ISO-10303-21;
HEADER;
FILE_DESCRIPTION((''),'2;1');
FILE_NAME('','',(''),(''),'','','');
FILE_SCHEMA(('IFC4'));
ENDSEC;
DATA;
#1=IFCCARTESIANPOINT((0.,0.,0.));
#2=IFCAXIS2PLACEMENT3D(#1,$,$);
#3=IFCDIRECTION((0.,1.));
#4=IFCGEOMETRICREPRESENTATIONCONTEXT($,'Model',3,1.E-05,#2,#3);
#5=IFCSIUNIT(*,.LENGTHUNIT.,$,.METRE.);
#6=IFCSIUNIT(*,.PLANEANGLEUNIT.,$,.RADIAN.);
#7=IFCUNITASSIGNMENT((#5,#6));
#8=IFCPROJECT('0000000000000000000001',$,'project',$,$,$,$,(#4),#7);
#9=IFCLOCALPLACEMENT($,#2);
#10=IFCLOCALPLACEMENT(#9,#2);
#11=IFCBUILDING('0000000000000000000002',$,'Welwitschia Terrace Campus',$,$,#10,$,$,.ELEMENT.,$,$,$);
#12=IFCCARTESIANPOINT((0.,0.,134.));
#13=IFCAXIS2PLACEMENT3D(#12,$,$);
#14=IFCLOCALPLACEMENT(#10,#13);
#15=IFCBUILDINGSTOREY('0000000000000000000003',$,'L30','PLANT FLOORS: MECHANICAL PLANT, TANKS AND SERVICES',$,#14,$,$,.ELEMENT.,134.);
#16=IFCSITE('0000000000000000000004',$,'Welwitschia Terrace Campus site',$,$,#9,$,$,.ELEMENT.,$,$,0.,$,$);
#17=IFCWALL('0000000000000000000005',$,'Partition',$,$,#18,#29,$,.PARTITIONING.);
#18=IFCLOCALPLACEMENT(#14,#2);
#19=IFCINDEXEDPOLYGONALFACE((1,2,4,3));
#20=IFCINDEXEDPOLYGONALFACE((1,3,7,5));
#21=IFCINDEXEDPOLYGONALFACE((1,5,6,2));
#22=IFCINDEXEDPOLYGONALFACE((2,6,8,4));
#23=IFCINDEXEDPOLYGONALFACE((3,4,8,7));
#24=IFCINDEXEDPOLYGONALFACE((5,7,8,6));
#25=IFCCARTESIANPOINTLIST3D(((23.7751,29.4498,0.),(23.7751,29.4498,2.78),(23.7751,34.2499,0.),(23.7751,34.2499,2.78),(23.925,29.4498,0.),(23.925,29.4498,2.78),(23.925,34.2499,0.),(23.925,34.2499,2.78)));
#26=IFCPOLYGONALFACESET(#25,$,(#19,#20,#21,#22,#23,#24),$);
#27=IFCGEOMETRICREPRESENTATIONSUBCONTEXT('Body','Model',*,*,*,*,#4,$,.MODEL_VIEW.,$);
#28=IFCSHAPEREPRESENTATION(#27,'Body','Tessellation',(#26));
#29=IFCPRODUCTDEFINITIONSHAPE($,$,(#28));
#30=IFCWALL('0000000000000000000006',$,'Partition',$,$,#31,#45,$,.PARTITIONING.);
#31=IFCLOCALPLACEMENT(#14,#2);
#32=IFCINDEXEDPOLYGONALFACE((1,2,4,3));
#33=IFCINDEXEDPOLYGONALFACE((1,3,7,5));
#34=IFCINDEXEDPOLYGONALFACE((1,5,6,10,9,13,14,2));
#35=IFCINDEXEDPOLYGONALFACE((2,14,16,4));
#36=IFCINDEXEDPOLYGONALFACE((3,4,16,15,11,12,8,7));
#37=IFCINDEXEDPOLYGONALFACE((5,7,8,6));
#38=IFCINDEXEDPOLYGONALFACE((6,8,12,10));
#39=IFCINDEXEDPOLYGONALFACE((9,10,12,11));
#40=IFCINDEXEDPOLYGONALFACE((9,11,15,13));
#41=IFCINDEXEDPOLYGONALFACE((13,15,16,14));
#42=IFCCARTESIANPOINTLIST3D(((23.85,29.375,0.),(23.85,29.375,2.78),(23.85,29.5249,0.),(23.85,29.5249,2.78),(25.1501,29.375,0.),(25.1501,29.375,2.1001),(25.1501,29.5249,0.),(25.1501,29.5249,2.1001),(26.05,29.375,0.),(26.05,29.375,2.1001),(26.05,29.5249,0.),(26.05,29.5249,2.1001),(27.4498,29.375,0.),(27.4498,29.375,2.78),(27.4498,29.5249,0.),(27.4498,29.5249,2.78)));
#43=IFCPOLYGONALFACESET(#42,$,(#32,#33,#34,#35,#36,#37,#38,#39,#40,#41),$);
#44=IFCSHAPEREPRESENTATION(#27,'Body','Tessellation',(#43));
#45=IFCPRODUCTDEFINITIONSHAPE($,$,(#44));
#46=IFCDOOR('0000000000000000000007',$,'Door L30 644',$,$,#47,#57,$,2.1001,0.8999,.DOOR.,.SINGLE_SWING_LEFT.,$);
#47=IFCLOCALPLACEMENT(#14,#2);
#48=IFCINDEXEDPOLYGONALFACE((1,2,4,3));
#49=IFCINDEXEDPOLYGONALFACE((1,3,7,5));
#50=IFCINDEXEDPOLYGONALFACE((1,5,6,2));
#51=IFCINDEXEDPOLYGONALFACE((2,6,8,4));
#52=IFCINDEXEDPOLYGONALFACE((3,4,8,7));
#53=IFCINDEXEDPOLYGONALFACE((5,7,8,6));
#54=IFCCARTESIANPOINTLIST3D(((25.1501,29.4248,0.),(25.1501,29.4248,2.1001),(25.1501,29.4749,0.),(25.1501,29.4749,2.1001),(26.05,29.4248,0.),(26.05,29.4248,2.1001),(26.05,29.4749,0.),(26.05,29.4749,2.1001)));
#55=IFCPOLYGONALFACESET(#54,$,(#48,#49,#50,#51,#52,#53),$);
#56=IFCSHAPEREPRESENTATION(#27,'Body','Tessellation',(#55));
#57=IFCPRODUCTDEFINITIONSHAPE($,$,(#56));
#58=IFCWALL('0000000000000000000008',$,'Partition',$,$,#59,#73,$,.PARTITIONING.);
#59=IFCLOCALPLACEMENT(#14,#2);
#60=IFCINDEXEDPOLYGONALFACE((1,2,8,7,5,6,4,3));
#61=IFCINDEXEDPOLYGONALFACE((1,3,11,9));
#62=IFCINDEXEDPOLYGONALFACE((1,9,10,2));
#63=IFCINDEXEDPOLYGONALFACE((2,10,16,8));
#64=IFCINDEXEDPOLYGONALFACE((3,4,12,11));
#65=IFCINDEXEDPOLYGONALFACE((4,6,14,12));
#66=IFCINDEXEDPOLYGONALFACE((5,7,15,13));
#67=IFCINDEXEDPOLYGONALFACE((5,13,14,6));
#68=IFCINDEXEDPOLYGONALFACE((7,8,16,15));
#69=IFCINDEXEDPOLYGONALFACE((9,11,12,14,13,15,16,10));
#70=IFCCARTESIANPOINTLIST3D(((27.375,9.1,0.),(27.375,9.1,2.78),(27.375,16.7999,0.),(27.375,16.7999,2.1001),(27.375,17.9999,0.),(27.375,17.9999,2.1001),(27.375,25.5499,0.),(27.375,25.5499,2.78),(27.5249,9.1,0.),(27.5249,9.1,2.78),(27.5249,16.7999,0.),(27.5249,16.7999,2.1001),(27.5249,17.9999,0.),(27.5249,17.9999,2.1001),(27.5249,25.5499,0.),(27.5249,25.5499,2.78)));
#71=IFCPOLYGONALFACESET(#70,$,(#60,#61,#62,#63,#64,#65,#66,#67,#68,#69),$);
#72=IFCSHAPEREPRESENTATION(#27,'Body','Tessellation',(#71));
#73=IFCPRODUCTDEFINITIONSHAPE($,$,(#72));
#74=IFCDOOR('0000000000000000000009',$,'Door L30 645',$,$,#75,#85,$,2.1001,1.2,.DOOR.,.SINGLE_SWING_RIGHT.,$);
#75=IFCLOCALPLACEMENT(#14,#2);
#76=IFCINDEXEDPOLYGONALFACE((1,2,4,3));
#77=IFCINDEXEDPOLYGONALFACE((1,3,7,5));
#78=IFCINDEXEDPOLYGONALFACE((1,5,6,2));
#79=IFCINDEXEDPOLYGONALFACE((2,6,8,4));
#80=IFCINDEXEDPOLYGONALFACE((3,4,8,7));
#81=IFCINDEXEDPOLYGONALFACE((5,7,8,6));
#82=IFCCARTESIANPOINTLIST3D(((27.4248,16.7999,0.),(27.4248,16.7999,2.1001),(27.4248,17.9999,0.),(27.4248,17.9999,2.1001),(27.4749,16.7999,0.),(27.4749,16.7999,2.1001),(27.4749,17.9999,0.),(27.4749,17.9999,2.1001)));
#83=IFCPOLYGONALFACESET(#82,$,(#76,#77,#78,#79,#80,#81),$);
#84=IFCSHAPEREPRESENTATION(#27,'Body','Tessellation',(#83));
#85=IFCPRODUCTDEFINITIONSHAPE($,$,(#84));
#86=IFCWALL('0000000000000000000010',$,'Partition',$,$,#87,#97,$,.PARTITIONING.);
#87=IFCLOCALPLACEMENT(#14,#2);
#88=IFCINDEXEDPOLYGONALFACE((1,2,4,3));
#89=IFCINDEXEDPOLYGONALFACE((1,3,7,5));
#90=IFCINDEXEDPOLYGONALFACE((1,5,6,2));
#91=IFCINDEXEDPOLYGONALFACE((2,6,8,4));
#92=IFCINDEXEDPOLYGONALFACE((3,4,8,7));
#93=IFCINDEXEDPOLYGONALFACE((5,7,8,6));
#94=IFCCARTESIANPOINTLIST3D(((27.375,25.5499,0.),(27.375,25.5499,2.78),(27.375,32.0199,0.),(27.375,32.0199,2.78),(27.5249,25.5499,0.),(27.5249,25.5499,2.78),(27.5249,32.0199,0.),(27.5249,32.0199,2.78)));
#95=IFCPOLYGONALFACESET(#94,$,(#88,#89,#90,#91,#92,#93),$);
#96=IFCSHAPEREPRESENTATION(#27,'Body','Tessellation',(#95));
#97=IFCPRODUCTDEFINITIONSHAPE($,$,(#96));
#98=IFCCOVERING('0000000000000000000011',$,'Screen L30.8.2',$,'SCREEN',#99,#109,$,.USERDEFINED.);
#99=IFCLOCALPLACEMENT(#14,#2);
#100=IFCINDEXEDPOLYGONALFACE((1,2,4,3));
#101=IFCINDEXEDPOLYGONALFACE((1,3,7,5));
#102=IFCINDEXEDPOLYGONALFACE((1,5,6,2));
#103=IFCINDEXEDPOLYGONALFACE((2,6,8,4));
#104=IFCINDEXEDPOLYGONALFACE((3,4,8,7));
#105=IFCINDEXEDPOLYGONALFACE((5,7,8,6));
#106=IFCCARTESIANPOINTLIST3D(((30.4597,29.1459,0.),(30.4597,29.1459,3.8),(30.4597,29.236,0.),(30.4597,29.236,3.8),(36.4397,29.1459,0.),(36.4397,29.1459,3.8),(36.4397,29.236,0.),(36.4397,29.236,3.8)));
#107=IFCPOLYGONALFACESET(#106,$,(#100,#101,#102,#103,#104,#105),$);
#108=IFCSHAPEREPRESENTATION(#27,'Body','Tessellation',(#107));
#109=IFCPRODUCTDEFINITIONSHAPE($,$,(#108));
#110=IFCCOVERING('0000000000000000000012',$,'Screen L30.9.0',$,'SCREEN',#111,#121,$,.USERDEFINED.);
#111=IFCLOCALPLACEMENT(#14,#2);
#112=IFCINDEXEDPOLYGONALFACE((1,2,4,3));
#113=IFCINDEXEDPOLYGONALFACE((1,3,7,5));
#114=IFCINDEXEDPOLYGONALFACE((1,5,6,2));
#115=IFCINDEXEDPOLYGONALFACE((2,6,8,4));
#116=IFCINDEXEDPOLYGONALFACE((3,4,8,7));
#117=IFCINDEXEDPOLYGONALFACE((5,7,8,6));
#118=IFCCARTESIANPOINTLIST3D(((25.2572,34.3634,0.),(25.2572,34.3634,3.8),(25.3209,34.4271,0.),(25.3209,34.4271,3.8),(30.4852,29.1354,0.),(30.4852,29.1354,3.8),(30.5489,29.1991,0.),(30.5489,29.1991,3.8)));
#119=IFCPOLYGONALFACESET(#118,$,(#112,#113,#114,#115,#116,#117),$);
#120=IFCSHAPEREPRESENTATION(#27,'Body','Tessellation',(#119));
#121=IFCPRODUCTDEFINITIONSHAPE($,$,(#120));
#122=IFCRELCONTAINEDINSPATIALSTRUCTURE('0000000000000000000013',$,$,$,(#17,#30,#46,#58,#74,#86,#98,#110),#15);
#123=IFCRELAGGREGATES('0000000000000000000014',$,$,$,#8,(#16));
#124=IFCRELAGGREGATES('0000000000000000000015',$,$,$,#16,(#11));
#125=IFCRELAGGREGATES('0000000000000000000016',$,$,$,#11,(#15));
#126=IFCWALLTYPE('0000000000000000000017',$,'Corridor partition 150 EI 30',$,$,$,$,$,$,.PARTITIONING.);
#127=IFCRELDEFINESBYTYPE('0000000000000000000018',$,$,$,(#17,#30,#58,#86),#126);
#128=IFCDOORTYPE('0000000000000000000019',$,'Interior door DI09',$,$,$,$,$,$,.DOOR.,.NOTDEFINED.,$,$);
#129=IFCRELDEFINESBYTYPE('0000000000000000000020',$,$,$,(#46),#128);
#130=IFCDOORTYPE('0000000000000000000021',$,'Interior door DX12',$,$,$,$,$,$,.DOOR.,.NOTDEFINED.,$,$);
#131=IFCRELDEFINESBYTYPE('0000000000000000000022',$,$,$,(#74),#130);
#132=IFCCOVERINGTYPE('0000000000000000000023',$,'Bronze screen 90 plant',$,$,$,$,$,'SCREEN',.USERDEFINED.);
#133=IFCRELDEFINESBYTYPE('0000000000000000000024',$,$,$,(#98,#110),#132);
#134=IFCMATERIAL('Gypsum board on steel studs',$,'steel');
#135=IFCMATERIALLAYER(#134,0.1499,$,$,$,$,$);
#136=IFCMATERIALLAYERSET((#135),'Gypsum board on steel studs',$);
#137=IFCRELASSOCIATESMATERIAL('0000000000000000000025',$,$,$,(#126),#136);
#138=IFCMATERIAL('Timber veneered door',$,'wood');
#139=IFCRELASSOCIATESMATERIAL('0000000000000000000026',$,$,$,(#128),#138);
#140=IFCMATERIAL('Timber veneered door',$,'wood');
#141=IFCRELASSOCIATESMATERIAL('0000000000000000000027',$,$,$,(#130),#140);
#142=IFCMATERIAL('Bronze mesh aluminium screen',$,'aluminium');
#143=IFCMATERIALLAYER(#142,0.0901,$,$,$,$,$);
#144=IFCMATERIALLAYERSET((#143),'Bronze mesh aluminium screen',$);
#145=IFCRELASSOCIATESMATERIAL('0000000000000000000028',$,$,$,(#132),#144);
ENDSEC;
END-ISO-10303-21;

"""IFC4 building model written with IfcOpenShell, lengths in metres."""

from ifc_helpers import new_model, si_unit, direction, frame, frame_2d, origin, origin_2d, place, context, subcontext, project, spatial, rectangle, extrude, material, layer, layer_set, type_object, element, fill, save


model = new_model("IFC4")

# Units and contexts
model_context = context("Model", 3, precision=1e-05, world=origin(), true_north=direction((0.0, 1.0)))
body_context = subcontext(model_context, "Body", "Model", "MODEL_VIEW")
ifc_project = project(units=[si_unit("LENGTHUNIT", "METRE"), si_unit("PLANEANGLEUNIT", "RADIAN")], contexts=[model_context])

# Site, building, storey
site_placement = place(None, origin())
site = spatial("IfcSite", under=ifc_project, at=site_placement, Name="Welwitschia Terrace Campus site", CompositionType="ELEMENT", RefElevation=0.0)
building_placement = place(site_placement, origin())
building = spatial("IfcBuilding", under=site, at=building_placement, Name="Welwitschia Terrace Campus", CompositionType="ELEMENT")
storey_placement = place(building_placement, frame((0.0, 0.0, 134.0)))
storey = spatial("IfcBuildingStorey", under=building, at=storey_placement, Name="L30", Description="PLANT FLOORS: MECHANICAL PLANT, TANKS AND SERVICES", CompositionType="ELEMENT", Elevation=134.0)

# Shared definitions
ifc_material_1 = material(Name="Gypsum board on steel studs", Category="steel")
ifc_layer_1 = layer(ifc_material_1, 0.1499)
ifc_layer_set_1 = layer_set([ifc_layer_1], Name="Gypsum board on steel studs")
wall_type_1 = type_object("IfcWallType", Name="Corridor partition 150 EI 30", PredefinedType="PARTITIONING", material=ifc_layer_set_1)

# Shared definitions
ifc_material_2 = material(Name="Timber veneered door", Category="wood")
door_type_1 = type_object("IfcDoorType", Name="Interior door DI09", OperationType="NOTDEFINED", PredefinedType="DOOR", material=ifc_material_2)

# Wall
wall_1_placement = place(storey_placement, frame((23.8501, 29.45, 0.0), z_axis=(0.0, 0.0, 1.0), x_axis=(0.0, 1.0, 0.0)))
element("IfcWall", 1, at=wall_1_placement, inside=storey, type_object=wall_type_1, Name="Partition", PredefinedType="PARTITIONING", context=body_context, shape_type="SweptSolid", body=[
    extrude(rectangle(XDim=4.8, YDim=0.1499, at=frame_2d((2.3999, 0.0))), origin(), (0.0, 0.0, 1.0), 2.78),
])

# Walls, openings, doors
wall_2_placement = place(storey_placement, frame((23.8501, 29.45, 0.0), z_axis=(0.0, 0.0, 1.0), x_axis=(1.0, 0.0, 0.0)))
wall_2 = element("IfcWall", 2, at=wall_2_placement, inside=storey, type_object=wall_type_1, Name="Partition", PredefinedType="PARTITIONING", context=body_context, shape_type="SweptSolid", body=[
    extrude(rectangle(XDim=3.5999, YDim=0.1499, at=frame_2d((1.7998, 0.0))), origin(), (0.0, 0.0, 1.0), 2.78),
])
opening_1_placement = place(wall_2_placement, frame((1.3, 0.0, 0.0)))
opening_1 = element("IfcOpeningElement", 3, at=opening_1_placement, cuts=wall_2, PredefinedType="OPENING", context=body_context, shape_type="SweptSolid", body=[
    extrude(rectangle(XDim=0.8999, YDim=2.1001, at=frame_2d((0.45, 1.05))), frame((0.0, 0.085, 0.0), z_axis=(0.0, -1.0, 0.0), x_axis=(1.0, 0.0, 0.0)), (0.0, 0.0, 1.0), 0.1699),
])
door_1_placement = place(opening_1_placement, origin())
door_1 = element("IfcDoor", 4, at=door_1_placement, inside=storey, type_object=door_type_1, Name="Door L30 644", OperationType="SINGLE_SWING_LEFT", OverallHeight=2.1001, OverallWidth=0.8999, PredefinedType="DOOR", context=body_context, shape_type="SweptSolid", body=[
    extrude(rectangle(XDim=0.8999, YDim=2.1001, at=frame_2d((0.45, 1.05))), frame((0.0, 0.0249, 0.0), z_axis=(0.0, -1.0, 0.0), x_axis=(1.0, 0.0, 0.0)), (0.0, 0.0, 1.0), 0.05),
])
fill(opening_1, door_1)
wall_3_placement = place(storey_placement, frame((27.45, 25.55, 0.0), z_axis=(0.0, 0.0, 1.0), x_axis=(0.0, -1.0, 0.0)))
wall_3 = element("IfcWall", 5, at=wall_3_placement, inside=storey, type_object=wall_type_1, Name="Partition", PredefinedType="PARTITIONING", context=body_context, shape_type="SweptSolid", body=[
    extrude(rectangle(XDim=16.45, YDim=0.1499, at=frame_2d((8.2251, 0.0))), origin(), (0.0, 0.0, 1.0), 2.78),
])
opening_2_placement = place(wall_3_placement, frame((7.55, 0.0, 0.0)))
opening_2 = element("IfcOpeningElement", 6, at=opening_2_placement, cuts=wall_3, PredefinedType="OPENING", context=body_context, shape_type="SweptSolid", body=[
    extrude(rectangle(XDim=1.2, YDim=2.1001, at=frame_2d((0.6001, 1.05))), frame((0.0, 0.085, 0.0), z_axis=(0.0, -1.0, 0.0), x_axis=(1.0, 0.0, 0.0)), (0.0, 0.0, 1.0), 0.1699),
])
ifc_material_3 = material(Name="Timber veneered door", Category="wood")
door_type_2 = type_object("IfcDoorType", Name="Interior door DX12", OperationType="NOTDEFINED", PredefinedType="DOOR", material=ifc_material_3)
door_2_placement = place(opening_2_placement, origin())
door_2 = element("IfcDoor", 7, at=door_2_placement, inside=storey, type_object=door_type_2, Name="Door L30 645", OperationType="SINGLE_SWING_RIGHT", OverallHeight=2.1001, OverallWidth=1.2, PredefinedType="DOOR", context=body_context, shape_type="SweptSolid", body=[
    extrude(rectangle(XDim=1.2, YDim=2.1001, at=frame_2d((0.6001, 1.05))), frame((0.0, 0.0249, 0.0), z_axis=(0.0, -1.0, 0.0), x_axis=(1.0, 0.0, 0.0)), (0.0, 0.0, 1.0), 0.05),
])
fill(opening_2, door_2)

# Wall
wall_4_placement = place(storey_placement, frame((27.45, 25.55, 0.0), z_axis=(0.0, 0.0, 1.0), x_axis=(0.0, 1.0, 0.0)))
element("IfcWall", 8, at=wall_4_placement, inside=storey, type_object=wall_type_1, Name="Partition", PredefinedType="PARTITIONING", context=body_context, shape_type="SweptSolid", body=[
    extrude(rectangle(XDim=6.47, YDim=0.1499, at=frame_2d((3.2349, 0.0))), origin(), (0.0, 0.0, 1.0), 2.78),
])

# Coverings
ifc_material_4 = material(Name="Bronze mesh aluminium screen", Category="aluminium")
ifc_layer_2 = layer(ifc_material_4, 0.0901)
ifc_layer_set_2 = layer_set([ifc_layer_2], Name="Bronze mesh aluminium screen")
covering_type = type_object("IfcCoveringType", Name="Bronze screen 90 plant", ElementType="SCREEN", PredefinedType="USERDEFINED", material=ifc_layer_set_2)
covering_1_placement = place(storey_placement, frame((33.4497, 29.1909, 0.0), z_axis=(0.0, 0.0, 1.0), x_axis=(-1.0, 0.0, 0.0)))
element("IfcCovering", 9, at=covering_1_placement, inside=storey, type_object=covering_type, Name="Screen L30.8.2", ObjectType="SCREEN", PredefinedType="USERDEFINED", context=body_context, shape_type="SweptSolid", body=[
    extrude(rectangle(XDim=5.98, YDim=0.0901, at=origin_2d()), origin(), (0.0, 0.0, 1.0), 3.8),
])
covering_2_placement = place(storey_placement, frame((27.9031, 31.7812, 0.0), z_axis=(0.0, 0.0, 1.0), x_axis=(-0.707107, 0.707107, 0.0)))
element("IfcCovering", 10, at=covering_2_placement, inside=storey, type_object=covering_type, Name="Screen L30.9.0", ObjectType="SCREEN", PredefinedType="USERDEFINED", context=body_context, shape_type="SweptSolid", body=[
    extrude(rectangle(XDim=7.3936, YDim=0.0901, at=origin_2d()), origin(), (0.0, 0.0, 1.0), 3.8),
])

save(model, "model.ifc")
